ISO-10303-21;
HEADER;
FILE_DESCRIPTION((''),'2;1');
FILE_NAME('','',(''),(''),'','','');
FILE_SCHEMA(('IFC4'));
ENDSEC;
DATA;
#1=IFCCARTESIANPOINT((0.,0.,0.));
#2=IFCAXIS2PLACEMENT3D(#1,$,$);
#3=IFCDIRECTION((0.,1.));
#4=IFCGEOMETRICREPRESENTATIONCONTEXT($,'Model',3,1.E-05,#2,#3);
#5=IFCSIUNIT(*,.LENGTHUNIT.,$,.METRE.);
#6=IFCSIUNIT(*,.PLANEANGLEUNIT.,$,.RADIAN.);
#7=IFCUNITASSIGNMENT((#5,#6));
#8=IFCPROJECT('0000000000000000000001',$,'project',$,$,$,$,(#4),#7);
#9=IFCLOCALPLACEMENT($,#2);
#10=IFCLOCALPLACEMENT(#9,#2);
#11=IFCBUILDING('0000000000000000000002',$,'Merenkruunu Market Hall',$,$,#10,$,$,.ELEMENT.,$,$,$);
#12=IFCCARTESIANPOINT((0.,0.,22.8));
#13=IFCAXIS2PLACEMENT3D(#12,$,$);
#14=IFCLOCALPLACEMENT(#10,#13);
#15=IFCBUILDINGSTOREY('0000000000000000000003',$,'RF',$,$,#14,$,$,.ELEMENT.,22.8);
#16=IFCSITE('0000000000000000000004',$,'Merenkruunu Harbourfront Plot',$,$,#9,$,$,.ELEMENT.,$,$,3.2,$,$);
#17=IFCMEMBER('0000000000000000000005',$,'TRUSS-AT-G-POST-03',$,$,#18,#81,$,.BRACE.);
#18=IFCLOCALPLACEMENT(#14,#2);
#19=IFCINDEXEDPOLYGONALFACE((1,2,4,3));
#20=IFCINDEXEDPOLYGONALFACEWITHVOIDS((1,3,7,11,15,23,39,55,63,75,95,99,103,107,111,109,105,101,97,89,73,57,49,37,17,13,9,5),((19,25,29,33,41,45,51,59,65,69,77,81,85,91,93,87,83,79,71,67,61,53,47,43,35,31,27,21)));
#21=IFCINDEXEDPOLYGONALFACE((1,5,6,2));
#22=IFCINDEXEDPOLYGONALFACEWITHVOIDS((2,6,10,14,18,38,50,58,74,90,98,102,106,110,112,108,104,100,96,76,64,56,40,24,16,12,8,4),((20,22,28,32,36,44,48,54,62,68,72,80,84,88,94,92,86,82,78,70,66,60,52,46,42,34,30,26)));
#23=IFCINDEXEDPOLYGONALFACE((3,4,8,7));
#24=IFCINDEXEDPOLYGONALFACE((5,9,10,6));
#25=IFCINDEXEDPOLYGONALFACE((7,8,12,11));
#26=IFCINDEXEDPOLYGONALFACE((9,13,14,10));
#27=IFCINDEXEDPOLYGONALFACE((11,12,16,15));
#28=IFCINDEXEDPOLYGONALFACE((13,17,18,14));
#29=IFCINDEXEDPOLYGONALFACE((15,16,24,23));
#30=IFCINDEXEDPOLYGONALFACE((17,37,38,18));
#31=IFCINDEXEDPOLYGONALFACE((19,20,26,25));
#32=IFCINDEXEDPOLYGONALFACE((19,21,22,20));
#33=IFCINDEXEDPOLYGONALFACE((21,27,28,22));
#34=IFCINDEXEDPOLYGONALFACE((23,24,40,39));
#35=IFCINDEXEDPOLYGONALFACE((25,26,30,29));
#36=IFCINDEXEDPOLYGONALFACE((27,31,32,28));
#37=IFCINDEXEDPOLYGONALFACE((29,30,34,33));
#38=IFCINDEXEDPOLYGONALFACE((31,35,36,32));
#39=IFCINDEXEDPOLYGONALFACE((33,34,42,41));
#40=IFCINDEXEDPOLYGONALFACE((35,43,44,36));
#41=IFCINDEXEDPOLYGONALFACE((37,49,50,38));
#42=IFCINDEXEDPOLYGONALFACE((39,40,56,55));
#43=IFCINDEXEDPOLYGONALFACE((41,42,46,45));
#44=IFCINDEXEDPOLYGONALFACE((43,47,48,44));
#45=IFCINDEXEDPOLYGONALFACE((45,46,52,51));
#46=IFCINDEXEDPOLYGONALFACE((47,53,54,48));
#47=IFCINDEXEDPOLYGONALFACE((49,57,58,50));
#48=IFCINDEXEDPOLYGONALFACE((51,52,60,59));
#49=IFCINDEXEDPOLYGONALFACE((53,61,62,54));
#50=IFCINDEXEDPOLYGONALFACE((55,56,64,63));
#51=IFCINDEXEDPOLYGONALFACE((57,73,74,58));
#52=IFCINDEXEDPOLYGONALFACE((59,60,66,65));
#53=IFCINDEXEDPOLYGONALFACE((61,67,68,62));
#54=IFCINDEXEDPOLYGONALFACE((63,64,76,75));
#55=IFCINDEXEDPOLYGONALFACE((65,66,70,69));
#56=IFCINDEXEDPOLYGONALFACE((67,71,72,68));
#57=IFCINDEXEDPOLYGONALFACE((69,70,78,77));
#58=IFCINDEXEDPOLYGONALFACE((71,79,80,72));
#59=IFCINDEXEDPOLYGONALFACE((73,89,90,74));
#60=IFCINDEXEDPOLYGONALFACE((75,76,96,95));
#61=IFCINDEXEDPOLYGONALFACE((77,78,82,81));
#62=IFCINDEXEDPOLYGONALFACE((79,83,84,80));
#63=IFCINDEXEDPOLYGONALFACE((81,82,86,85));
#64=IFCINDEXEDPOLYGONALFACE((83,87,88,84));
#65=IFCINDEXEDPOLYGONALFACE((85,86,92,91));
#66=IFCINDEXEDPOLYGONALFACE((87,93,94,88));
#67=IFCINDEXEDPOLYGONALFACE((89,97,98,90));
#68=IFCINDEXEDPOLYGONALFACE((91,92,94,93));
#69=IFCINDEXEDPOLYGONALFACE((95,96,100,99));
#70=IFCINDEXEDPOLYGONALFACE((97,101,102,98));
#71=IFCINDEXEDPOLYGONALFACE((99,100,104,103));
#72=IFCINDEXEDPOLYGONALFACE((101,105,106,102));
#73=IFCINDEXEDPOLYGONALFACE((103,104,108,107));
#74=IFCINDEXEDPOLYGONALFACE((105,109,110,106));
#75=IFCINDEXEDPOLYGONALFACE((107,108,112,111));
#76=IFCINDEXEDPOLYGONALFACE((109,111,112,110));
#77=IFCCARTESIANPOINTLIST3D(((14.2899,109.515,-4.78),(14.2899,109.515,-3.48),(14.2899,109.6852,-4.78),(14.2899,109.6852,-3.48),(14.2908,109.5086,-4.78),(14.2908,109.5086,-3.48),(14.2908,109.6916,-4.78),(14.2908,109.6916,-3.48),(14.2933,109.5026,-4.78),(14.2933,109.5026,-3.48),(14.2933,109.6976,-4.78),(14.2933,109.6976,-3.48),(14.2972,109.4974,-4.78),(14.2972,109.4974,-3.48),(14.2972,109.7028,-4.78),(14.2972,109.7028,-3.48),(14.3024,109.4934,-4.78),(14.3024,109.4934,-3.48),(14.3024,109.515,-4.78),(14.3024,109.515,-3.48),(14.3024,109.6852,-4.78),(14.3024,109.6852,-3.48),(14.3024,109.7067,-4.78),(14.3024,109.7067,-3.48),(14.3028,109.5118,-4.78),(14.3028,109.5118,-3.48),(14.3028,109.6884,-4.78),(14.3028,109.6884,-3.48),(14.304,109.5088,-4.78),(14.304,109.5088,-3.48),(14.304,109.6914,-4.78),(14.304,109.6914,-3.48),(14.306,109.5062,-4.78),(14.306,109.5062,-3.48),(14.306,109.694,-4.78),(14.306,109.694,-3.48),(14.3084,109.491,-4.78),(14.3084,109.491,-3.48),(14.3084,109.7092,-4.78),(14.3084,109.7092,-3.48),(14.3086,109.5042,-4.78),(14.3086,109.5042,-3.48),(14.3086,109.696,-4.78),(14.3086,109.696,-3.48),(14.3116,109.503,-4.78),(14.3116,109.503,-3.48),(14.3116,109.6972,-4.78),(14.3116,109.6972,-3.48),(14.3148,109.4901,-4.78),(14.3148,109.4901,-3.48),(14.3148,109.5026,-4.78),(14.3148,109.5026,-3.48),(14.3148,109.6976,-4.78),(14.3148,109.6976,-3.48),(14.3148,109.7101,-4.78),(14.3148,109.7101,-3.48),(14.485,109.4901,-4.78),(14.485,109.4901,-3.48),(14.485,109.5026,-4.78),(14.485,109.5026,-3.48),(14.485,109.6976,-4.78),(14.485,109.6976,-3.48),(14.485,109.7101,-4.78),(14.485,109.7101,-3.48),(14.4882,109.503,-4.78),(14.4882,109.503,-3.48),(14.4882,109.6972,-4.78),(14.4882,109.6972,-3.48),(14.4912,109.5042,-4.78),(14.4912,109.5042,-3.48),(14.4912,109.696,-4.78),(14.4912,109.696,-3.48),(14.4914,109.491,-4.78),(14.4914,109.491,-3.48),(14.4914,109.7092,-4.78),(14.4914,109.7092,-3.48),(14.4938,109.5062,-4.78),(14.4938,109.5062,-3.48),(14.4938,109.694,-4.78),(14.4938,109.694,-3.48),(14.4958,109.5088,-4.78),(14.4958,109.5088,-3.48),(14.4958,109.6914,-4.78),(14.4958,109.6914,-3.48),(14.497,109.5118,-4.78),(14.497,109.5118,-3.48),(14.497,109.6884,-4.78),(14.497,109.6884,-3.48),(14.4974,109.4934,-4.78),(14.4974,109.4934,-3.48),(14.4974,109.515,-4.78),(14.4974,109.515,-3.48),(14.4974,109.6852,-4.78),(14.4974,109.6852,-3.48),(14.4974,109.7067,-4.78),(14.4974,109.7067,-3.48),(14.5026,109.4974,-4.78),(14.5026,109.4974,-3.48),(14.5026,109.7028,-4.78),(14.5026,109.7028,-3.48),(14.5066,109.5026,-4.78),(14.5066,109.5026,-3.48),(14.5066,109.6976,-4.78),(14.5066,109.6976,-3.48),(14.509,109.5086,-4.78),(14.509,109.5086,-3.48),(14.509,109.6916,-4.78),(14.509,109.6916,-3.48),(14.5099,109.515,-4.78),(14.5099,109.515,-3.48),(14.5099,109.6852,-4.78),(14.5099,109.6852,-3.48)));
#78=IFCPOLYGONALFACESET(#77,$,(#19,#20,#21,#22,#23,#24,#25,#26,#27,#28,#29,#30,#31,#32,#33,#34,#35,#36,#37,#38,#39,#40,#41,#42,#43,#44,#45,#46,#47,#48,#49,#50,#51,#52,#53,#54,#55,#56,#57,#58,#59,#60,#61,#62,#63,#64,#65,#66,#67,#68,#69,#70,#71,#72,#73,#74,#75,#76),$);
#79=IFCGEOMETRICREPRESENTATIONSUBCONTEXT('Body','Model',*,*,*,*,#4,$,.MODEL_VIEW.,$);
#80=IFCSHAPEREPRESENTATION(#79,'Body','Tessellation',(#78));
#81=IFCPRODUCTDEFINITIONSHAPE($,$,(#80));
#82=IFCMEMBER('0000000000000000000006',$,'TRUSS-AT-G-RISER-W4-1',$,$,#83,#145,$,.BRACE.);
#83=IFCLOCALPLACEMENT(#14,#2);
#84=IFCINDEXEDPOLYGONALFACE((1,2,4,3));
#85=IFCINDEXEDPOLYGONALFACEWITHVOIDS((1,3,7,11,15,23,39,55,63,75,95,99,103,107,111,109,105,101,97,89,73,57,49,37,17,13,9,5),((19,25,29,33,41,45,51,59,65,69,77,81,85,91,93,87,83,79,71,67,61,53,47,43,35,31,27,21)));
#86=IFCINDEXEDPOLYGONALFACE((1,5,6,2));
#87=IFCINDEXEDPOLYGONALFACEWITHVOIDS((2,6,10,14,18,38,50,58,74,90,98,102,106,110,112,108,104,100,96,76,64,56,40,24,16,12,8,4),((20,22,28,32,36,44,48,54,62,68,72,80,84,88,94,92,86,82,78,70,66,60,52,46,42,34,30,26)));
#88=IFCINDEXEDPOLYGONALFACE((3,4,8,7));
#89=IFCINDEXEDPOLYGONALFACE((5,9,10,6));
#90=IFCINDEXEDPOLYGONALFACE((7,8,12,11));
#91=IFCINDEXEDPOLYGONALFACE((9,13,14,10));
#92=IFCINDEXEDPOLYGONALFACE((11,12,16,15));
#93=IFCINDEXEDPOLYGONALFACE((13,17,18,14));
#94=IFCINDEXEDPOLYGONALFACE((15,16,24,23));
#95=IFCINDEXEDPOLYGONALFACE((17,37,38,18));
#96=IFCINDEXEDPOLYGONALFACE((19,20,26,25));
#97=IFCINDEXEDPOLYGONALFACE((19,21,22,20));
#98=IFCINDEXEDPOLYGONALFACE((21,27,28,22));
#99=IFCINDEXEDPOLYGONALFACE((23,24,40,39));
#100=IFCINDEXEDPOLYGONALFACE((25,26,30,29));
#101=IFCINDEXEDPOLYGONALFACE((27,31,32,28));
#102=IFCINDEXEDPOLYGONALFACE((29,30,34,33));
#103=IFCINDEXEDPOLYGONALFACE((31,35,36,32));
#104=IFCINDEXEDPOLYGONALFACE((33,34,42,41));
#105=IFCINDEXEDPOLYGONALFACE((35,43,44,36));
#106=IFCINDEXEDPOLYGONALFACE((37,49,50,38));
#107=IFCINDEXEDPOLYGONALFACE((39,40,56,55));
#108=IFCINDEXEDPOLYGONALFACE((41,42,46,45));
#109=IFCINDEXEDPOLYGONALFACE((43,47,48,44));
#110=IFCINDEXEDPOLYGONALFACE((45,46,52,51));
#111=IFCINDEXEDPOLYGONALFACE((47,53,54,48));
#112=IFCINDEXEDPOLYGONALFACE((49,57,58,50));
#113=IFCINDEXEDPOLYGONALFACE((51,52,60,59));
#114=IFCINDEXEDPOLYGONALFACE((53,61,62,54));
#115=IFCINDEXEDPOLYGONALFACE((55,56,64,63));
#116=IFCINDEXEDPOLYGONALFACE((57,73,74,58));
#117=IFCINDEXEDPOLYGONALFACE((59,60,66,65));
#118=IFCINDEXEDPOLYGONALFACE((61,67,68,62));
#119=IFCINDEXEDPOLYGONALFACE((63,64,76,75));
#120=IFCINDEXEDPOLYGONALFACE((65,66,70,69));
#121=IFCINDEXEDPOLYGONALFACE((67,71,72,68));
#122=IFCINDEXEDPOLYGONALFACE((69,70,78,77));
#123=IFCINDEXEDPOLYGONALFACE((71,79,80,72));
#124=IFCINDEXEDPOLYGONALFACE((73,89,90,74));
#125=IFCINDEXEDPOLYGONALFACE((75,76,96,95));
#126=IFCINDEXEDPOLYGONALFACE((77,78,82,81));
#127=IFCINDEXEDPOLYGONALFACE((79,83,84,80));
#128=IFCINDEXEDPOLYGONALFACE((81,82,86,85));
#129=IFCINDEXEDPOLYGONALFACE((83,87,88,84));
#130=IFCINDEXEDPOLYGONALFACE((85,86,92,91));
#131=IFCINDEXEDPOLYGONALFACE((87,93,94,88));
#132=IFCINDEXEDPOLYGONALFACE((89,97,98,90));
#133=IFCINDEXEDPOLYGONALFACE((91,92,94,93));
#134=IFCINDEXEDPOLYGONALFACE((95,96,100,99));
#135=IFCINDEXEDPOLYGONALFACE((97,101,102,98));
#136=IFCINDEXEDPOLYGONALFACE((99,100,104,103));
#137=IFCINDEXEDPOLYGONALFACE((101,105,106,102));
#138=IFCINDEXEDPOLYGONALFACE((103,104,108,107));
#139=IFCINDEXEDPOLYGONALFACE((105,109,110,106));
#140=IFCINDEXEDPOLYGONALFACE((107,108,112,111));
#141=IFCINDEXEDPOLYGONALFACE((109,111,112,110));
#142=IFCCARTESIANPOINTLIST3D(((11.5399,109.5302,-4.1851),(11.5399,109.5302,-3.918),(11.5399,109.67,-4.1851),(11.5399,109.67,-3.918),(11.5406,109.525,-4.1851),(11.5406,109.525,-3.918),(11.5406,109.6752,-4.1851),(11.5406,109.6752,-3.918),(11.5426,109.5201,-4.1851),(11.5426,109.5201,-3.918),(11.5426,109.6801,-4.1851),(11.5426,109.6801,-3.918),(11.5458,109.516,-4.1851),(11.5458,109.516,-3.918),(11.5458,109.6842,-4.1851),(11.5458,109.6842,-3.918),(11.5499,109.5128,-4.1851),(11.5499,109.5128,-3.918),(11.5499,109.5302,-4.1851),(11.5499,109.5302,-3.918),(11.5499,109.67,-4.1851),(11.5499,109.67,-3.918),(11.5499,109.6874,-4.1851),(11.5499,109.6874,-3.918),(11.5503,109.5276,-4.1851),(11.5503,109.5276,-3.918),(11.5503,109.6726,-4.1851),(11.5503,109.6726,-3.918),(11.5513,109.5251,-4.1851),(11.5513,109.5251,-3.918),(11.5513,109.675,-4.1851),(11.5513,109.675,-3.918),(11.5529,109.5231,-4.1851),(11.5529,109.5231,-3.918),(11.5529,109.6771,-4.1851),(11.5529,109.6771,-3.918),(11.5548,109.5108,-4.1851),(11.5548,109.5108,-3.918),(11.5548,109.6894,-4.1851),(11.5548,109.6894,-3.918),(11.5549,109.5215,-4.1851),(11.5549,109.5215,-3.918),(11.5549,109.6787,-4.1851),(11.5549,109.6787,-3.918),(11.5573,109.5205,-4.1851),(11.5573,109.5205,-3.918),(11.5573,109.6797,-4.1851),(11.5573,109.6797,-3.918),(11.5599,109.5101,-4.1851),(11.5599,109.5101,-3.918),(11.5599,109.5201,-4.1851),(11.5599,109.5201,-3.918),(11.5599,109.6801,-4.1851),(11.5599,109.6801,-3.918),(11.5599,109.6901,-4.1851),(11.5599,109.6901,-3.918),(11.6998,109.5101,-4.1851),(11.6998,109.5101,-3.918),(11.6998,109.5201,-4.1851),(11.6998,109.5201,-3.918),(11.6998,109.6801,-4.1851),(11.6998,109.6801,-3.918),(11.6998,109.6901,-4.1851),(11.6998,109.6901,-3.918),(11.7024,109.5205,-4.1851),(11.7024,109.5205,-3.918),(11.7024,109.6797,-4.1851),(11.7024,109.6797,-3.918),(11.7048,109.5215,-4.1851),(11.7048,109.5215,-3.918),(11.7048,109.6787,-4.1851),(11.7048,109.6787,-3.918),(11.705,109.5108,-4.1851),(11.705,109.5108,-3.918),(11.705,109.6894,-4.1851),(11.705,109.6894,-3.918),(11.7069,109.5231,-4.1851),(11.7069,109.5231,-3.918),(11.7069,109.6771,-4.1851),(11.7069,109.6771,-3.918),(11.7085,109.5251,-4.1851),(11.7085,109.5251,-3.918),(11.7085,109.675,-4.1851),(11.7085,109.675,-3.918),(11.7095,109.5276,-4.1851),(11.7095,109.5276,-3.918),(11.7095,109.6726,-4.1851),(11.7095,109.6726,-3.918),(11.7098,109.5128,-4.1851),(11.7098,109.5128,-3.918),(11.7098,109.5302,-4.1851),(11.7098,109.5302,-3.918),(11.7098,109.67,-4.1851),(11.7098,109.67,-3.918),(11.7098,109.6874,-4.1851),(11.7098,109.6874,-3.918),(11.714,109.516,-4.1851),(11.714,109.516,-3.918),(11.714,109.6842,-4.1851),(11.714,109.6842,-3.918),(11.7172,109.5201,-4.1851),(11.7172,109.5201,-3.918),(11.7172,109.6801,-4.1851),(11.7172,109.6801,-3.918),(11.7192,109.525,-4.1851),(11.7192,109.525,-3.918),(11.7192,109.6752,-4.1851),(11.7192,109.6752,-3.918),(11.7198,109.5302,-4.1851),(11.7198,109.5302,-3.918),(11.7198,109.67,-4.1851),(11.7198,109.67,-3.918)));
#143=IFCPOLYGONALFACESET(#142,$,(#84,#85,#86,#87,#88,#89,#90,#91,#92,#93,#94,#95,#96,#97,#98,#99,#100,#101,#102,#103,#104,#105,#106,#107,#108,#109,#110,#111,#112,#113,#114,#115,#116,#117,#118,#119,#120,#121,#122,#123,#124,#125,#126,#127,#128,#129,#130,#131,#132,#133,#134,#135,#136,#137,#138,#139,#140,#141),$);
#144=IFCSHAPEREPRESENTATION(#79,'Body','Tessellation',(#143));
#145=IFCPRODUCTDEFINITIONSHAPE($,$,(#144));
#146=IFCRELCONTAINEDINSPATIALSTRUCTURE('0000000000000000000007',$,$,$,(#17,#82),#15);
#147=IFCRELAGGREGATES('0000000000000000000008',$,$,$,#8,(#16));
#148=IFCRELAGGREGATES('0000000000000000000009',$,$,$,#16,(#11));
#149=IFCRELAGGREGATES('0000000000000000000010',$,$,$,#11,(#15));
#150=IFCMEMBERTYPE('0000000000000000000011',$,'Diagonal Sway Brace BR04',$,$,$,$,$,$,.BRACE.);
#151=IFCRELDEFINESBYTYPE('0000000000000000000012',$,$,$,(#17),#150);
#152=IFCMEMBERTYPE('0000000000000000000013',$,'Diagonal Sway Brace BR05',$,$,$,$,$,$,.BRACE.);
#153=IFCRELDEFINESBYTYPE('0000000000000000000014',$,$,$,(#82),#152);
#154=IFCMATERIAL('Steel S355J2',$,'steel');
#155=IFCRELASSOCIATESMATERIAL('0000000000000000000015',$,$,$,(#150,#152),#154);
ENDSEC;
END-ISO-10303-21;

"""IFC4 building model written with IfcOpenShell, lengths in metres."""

from ifc_helpers import new_model, si_unit, direction, frame, origin, origin_2d, place, context, subcontext, project, spatial, hollow_rectangle, extrude, material, material_profile, profile_set, type_object, element, save


model = new_model("IFC4")

# Units and contexts
model_context = context("Model", 3, precision=1e-05, world=origin(), true_north=direction((0.0, 1.0)))
body_context = subcontext(model_context, "Body", "Model", "MODEL_VIEW")
ifc_project = project(units=[si_unit("LENGTHUNIT", "METRE"), si_unit("PLANEANGLEUNIT", "RADIAN")], contexts=[model_context])

# Site, building, storey
site_placement = place(None, origin())
site = spatial("IfcSite", under=ifc_project, at=site_placement, Name="Merenkruunu Harbourfront Plot", CompositionType="ELEMENT", RefElevation=3.2)
building_placement = place(site_placement, origin())
building = spatial("IfcBuilding", under=site, at=building_placement, Name="Merenkruunu Market Hall", CompositionType="ELEMENT")
storey_placement = place(building_placement, frame((0.0, 0.0, 22.8)))
storey = spatial("IfcBuildingStorey", under=building, at=storey_placement, Name="RF", CompositionType="ELEMENT", Elevation=22.8)

# Members
ifc_material_1 = material(Name="Steel S355J2", Category="steel")
ifc_material_profile_1 = material_profile(ifc_material_1, hollow_rectangle(XDim=0.22, YDim=0.22, WallThickness=0.0125, InnerFilletRadius=0.0125, OuterFilletRadius=0.0249, at=origin_2d()), Name="SHS 220x220x12.5")
ifc_profile_set_1 = profile_set([ifc_material_profile_1], Name="Steel S355J2")
member_type_1 = type_object("IfcMemberType", Name="Diagonal Sway Brace BR04", PredefinedType="BRACE", material=ifc_profile_set_1)
member_1_placement = place(storey_placement, frame((14.3999, 109.6001, -4.78), z_axis=(0.0, 0.0, 1.0), x_axis=(1.0, 0.0, 0.0)))
element("IfcMember", 1, at=member_1_placement, inside=storey, type_object=member_type_1, Name="TRUSS-AT-G-POST-03", PredefinedType="BRACE", context=body_context, shape_type="SweptSolid", body=[
    extrude(hollow_rectangle(XDim=0.22, YDim=0.22, WallThickness=0.0125, InnerFilletRadius=0.0125, OuterFilletRadius=0.0249, at=origin_2d()), origin(), (0.0, 0.0, 1.0), 1.3),
])
ifc_material_profile_2 = material_profile(ifc_material_1, hollow_rectangle(XDim=0.1799, YDim=0.1799, WallThickness=0.01, InnerFilletRadius=0.01, OuterFilletRadius=0.02, at=origin_2d()), Name="SHS 180x180x10")
ifc_profile_set_2 = profile_set([ifc_material_profile_2], Name="Steel S355J2")
member_type_2 = type_object("IfcMemberType", Name="Diagonal Sway Brace BR05", PredefinedType="BRACE", material=ifc_profile_set_2)
member_2_placement = place(storey_placement, frame((11.6299, 109.6001, -4.1851), z_axis=(0.0, 0.0, 1.0), x_axis=(1.0, 0.0, 0.0)))
element("IfcMember", 2, at=member_2_placement, inside=storey, type_object=member_type_2, Name="TRUSS-AT-G-RISER-W4-1", PredefinedType="BRACE", context=body_context, shape_type="SweptSolid", body=[
    extrude(hollow_rectangle(XDim=0.1799, YDim=0.1799, WallThickness=0.01, InnerFilletRadius=0.01, OuterFilletRadius=0.02, at=origin_2d()), origin(), (0.0, 0.0, 1.0), 0.2671),
])

save(model, "model.ifc")
